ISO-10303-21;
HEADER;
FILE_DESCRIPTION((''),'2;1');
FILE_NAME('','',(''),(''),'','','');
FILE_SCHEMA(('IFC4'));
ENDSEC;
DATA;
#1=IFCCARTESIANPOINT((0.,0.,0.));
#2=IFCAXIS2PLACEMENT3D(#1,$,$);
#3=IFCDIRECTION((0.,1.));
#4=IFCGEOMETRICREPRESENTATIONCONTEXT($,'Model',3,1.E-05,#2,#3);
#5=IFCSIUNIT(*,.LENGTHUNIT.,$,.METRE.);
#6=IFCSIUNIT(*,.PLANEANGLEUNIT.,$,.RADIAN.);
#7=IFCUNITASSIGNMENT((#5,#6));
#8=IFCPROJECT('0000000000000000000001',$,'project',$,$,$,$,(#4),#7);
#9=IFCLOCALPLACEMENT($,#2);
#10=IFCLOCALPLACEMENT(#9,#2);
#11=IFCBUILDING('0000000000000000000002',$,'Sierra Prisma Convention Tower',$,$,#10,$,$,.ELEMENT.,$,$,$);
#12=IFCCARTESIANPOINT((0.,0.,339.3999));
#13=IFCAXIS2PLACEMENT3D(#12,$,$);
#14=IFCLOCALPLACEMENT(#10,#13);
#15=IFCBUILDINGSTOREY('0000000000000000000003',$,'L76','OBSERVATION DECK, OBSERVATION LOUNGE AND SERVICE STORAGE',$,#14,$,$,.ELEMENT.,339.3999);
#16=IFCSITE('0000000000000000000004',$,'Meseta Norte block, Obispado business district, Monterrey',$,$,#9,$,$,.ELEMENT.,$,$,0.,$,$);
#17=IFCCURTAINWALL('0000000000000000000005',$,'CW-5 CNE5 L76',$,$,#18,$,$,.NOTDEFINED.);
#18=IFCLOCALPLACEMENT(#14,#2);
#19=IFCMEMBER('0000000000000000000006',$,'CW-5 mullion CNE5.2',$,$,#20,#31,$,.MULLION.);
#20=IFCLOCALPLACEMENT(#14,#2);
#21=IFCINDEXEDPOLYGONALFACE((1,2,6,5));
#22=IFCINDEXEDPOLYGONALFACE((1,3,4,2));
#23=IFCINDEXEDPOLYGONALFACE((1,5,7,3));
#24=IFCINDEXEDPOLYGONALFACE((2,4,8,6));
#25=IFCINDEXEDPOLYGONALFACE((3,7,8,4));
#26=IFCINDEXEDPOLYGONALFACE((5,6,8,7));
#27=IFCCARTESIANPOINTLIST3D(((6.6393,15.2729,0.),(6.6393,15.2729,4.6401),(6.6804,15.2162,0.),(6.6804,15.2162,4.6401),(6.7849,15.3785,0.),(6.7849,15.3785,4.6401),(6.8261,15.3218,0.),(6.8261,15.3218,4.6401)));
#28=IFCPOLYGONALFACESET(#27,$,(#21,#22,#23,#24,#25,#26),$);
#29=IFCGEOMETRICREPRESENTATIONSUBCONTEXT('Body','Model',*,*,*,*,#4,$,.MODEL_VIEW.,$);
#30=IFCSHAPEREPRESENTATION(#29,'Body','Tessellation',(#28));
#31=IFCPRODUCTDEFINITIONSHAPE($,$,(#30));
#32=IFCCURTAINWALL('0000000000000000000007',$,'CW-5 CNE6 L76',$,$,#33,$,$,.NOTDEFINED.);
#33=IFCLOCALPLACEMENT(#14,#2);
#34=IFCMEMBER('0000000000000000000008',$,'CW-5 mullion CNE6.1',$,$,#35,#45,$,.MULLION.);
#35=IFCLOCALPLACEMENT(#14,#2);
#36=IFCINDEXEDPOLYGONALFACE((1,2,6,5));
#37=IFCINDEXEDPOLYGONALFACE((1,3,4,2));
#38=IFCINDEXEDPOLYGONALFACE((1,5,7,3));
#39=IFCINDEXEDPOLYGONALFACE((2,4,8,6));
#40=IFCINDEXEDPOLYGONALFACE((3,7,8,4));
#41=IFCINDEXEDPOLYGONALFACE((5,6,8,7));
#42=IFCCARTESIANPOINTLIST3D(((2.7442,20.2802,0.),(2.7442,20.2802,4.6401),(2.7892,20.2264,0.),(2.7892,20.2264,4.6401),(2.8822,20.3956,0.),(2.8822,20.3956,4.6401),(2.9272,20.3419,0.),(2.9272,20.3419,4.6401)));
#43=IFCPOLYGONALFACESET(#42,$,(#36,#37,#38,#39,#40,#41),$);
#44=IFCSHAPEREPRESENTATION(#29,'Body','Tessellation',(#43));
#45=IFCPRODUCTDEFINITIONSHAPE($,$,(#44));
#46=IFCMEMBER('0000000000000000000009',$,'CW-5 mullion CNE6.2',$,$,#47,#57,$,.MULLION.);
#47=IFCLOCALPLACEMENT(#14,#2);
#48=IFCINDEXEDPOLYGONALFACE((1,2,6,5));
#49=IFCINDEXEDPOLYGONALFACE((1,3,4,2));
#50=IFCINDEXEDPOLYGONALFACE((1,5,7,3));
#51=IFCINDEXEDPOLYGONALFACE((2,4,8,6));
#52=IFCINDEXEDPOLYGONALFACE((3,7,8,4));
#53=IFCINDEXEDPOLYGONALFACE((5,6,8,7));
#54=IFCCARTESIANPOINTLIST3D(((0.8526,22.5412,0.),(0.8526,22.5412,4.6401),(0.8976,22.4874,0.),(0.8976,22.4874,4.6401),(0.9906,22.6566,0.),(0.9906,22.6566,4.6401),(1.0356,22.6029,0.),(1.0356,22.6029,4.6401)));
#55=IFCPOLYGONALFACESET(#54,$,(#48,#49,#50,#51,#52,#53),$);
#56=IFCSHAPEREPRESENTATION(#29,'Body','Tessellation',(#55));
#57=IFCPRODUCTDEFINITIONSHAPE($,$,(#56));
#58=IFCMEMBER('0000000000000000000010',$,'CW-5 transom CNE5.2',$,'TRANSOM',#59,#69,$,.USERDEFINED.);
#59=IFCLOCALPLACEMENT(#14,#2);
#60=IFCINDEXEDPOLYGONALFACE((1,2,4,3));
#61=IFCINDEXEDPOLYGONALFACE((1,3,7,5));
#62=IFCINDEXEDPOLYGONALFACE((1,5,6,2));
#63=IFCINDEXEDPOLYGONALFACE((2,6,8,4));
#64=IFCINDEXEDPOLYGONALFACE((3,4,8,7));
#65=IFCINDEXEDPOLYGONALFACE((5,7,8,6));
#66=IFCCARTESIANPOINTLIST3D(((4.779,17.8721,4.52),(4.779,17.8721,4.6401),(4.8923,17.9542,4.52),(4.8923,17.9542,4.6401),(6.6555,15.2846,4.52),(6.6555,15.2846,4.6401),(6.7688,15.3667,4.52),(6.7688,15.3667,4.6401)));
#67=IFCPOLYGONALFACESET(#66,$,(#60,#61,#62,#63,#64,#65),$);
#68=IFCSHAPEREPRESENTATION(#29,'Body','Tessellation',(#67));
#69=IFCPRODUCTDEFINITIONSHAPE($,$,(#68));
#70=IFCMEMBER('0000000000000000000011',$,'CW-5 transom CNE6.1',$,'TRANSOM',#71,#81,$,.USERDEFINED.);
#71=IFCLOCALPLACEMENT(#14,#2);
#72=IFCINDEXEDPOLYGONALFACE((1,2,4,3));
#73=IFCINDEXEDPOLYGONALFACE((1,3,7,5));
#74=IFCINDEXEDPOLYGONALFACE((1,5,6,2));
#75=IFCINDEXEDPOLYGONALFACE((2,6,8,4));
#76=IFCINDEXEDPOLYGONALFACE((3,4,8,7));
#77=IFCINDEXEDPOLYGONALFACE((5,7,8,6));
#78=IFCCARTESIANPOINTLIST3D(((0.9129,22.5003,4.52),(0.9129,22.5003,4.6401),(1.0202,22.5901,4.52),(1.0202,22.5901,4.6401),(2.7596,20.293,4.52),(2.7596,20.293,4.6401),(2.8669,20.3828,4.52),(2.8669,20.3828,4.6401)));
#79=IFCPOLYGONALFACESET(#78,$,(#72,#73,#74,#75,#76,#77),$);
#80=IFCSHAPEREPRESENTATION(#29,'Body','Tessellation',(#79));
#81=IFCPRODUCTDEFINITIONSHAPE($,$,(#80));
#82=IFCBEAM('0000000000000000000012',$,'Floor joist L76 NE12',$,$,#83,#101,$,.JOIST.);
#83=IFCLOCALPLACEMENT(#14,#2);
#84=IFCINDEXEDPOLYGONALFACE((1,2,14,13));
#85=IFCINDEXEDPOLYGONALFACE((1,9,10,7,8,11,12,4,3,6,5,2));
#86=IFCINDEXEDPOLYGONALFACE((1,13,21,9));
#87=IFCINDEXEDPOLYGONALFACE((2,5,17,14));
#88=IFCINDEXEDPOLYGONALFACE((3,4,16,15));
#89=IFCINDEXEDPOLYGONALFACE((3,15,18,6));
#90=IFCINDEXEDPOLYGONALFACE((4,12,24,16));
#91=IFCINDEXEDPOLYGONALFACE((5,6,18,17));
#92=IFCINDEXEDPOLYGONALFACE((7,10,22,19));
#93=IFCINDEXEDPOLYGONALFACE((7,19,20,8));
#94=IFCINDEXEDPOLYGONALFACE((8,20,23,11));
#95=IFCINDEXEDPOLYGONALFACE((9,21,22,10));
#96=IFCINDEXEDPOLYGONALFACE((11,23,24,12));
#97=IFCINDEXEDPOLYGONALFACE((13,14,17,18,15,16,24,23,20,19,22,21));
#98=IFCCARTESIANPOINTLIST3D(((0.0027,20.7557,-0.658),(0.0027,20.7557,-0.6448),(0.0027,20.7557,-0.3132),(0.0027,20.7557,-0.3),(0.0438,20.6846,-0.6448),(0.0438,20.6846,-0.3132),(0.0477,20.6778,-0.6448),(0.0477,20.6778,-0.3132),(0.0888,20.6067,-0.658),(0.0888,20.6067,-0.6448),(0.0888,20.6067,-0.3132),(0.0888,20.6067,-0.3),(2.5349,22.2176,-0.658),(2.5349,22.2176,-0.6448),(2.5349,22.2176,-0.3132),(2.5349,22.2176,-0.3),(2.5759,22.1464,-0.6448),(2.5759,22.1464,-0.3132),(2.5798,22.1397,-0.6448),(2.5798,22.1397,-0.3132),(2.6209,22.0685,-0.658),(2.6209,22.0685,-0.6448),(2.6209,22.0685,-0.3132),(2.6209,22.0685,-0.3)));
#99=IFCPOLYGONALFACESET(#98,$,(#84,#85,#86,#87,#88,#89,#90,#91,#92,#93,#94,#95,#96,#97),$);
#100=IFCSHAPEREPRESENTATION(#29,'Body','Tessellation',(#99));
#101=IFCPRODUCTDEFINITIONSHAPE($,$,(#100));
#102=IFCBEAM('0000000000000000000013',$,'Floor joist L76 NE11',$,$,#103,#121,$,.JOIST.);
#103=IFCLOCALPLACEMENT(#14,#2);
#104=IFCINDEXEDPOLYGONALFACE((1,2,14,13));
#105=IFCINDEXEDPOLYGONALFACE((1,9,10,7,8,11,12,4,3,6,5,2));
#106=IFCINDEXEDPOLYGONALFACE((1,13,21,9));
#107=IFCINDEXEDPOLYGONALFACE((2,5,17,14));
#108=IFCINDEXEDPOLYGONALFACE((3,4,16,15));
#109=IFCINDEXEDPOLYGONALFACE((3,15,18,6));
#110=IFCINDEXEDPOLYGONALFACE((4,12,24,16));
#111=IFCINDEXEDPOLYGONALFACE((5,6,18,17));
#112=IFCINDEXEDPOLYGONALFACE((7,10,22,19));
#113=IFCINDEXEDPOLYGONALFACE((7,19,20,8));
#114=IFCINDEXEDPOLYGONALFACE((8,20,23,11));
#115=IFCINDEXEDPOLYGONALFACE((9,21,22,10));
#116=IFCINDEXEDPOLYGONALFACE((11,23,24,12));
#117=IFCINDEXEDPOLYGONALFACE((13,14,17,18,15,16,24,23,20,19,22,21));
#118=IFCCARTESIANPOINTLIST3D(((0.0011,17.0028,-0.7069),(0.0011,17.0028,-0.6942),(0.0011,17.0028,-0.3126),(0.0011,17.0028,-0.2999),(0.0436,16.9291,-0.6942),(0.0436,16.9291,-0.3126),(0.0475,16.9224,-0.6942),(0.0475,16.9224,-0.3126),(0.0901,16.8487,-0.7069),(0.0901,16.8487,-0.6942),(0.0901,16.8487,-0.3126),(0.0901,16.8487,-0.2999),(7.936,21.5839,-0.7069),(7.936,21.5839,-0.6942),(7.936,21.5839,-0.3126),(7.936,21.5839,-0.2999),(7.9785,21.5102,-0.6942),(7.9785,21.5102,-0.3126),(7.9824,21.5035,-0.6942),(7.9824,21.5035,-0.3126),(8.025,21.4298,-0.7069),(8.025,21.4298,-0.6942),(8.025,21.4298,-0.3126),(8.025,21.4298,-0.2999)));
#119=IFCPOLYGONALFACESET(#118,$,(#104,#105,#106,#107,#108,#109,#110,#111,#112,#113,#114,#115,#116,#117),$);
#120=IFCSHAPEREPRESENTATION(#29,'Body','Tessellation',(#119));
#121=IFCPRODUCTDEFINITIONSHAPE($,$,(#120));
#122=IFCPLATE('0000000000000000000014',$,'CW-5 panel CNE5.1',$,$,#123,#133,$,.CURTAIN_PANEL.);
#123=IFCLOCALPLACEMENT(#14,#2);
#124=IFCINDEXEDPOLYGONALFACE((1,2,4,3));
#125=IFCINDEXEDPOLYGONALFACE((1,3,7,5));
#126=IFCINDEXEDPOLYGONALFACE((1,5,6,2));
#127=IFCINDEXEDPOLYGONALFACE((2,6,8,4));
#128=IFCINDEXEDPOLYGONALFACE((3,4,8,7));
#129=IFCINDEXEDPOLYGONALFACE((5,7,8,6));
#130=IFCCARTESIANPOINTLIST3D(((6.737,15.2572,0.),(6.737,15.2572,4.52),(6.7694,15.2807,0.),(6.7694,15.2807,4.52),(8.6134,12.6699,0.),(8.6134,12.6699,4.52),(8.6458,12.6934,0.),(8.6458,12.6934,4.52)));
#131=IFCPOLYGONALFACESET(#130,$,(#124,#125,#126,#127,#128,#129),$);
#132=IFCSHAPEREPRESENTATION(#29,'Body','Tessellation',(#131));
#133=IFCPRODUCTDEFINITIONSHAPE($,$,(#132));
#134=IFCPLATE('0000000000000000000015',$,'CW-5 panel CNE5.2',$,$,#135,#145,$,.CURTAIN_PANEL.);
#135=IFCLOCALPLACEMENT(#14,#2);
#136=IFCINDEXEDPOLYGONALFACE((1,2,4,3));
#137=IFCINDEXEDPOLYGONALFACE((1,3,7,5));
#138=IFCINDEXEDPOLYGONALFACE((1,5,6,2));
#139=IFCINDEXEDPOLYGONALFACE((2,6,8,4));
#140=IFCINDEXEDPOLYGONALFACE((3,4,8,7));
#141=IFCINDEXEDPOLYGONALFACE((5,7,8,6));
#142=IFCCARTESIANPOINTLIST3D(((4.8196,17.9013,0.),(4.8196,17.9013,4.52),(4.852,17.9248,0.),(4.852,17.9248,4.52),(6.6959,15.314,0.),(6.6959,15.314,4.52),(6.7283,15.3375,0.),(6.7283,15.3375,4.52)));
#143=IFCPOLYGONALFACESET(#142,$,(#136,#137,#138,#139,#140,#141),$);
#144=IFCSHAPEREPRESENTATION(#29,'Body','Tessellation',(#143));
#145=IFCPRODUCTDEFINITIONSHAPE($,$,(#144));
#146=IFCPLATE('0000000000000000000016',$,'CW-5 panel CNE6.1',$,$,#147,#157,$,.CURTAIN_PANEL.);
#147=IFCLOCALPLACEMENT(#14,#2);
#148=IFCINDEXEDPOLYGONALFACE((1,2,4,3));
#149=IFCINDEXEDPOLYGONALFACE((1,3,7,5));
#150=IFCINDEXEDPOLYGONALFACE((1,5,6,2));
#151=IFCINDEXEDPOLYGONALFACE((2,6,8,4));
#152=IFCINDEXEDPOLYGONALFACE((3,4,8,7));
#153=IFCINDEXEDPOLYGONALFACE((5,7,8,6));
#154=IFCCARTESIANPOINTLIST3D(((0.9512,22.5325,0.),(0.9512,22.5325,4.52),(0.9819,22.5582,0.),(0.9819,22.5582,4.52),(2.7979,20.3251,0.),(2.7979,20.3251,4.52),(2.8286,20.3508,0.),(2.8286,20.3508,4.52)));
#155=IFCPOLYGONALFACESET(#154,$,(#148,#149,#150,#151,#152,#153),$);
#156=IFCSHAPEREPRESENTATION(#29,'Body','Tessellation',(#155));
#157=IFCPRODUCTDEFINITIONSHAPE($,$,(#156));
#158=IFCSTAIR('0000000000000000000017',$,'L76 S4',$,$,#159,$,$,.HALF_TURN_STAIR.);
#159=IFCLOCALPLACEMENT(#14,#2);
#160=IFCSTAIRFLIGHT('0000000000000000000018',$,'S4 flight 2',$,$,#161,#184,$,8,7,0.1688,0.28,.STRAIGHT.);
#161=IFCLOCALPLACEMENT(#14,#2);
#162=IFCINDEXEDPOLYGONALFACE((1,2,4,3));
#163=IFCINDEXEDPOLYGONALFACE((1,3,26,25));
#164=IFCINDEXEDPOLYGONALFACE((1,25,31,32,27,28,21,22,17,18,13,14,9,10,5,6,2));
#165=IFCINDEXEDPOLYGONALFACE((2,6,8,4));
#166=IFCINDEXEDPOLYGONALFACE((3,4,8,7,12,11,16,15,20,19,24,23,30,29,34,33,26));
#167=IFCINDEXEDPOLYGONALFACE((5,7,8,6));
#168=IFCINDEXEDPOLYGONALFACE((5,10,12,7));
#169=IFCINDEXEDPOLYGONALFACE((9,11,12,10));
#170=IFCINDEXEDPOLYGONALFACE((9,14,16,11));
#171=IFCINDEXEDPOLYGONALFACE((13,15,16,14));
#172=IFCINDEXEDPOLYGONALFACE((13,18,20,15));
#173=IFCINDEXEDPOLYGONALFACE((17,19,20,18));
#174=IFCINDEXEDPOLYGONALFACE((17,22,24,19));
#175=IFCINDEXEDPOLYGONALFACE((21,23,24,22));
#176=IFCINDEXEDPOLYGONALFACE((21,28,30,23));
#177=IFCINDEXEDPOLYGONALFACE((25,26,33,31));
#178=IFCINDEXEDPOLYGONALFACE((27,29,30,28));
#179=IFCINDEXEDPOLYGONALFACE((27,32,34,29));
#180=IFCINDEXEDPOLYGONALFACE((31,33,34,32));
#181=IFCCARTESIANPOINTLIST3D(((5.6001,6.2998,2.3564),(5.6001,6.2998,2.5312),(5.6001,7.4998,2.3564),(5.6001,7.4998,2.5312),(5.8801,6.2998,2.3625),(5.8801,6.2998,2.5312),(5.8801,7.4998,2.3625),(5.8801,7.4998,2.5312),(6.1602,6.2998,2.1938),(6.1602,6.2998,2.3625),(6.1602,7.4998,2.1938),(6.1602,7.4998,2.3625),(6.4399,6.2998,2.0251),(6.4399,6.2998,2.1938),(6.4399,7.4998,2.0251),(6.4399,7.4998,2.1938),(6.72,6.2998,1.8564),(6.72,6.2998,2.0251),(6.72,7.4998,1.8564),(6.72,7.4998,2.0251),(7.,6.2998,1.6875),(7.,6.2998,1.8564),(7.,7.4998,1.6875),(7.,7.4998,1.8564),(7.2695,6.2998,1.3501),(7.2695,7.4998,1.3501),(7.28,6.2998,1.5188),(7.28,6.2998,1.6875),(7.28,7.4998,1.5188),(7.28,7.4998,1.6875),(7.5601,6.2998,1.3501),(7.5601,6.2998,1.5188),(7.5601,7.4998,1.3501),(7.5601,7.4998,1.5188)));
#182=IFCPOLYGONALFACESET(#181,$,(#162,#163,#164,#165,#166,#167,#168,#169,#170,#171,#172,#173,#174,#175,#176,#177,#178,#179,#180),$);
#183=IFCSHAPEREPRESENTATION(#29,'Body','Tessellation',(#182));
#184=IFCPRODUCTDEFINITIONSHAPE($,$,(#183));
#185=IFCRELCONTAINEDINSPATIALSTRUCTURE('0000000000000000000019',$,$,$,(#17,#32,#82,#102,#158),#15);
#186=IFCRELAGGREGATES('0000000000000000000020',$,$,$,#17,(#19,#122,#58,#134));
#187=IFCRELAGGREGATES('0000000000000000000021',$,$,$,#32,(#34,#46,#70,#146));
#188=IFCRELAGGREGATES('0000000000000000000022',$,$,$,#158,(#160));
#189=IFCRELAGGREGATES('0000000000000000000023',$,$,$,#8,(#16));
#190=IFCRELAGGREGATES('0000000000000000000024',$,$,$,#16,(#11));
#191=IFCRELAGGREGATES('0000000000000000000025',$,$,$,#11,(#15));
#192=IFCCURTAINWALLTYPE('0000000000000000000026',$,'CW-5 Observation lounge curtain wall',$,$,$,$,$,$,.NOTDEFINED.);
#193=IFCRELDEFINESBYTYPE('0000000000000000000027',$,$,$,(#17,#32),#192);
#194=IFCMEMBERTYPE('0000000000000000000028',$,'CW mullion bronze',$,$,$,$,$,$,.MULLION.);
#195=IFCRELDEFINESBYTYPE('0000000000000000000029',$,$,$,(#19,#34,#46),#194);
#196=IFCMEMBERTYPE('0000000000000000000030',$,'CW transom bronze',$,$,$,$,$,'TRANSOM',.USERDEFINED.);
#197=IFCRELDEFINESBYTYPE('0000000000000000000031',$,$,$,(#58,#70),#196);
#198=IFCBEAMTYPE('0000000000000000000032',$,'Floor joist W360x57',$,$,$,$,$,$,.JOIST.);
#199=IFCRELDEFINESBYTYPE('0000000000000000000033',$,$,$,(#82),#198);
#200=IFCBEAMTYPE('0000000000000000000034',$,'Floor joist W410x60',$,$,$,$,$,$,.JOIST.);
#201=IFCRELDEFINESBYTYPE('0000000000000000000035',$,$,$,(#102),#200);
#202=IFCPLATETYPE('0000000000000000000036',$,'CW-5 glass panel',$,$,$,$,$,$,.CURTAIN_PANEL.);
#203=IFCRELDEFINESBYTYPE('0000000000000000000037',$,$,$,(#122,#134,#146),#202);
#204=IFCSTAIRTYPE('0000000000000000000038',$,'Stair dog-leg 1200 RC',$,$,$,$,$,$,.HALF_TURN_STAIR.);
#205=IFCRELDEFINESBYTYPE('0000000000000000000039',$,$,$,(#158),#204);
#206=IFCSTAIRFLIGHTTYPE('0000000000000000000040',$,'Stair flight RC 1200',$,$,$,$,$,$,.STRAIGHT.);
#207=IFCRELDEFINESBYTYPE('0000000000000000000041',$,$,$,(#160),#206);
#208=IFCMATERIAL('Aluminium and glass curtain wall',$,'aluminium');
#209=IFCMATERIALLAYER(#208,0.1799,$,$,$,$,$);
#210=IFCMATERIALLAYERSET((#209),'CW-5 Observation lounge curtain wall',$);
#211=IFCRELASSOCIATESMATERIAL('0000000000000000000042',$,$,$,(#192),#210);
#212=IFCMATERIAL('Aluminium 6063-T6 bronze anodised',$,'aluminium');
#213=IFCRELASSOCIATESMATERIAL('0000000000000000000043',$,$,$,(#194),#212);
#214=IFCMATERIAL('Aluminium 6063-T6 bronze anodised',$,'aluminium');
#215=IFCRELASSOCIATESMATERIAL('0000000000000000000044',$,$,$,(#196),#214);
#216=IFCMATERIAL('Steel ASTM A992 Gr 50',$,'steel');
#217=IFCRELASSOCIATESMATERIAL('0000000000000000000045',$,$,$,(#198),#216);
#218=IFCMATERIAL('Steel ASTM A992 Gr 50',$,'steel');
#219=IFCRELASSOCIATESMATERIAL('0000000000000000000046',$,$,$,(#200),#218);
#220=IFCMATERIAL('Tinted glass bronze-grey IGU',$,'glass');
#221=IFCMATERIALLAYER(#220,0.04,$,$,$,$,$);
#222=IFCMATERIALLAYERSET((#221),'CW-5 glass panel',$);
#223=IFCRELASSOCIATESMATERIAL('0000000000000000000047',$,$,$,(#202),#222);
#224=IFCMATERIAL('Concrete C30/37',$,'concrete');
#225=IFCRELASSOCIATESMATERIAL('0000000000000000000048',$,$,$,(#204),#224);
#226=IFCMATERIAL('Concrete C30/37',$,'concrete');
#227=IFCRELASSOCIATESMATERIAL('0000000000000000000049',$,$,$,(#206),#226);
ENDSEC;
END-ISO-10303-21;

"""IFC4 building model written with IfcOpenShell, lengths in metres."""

from ifc_helpers import new_model, si_unit, direction, frame, origin, origin_2d, place, context, subcontext, project, spatial, polyline, rectangle, i_section, outline, extrude, material, layer, layer_set, material_profile, profile_set, type_object, element, aggregate, save


model = new_model("IFC4")

# Units and contexts
model_context = context("Model", 3, precision=1e-05, world=origin(), true_north=direction((0.0, 1.0)))
body_context = subcontext(model_context, "Body", "Model", "MODEL_VIEW")
ifc_project = project(units=[si_unit("LENGTHUNIT", "METRE"), si_unit("PLANEANGLEUNIT", "RADIAN")], contexts=[model_context])

# Site, building, storey
site_placement = place(None, origin())
site = spatial("IfcSite", under=ifc_project, at=site_placement, Name="Meseta Norte block, Obispado business district, Monterrey", CompositionType="ELEMENT", RefElevation=0.0)
building_placement = place(site_placement, origin())
building = spatial("IfcBuilding", under=site, at=building_placement, Name="Sierra Prisma Convention Tower", CompositionType="ELEMENT")
storey_placement = place(building_placement, frame((0.0, 0.0, 339.3999)))
storey = spatial("IfcBuildingStorey", under=building, at=storey_placement, Name="L76", Description="OBSERVATION DECK, OBSERVATION LOUNGE AND SERVICE STORAGE", CompositionType="ELEMENT", Elevation=339.3999)

# Curtain wall, member
ifc_material_1 = material(Name="Aluminium and glass curtain wall", Category="aluminium")
ifc_layer_1 = layer(ifc_material_1, 0.1799)
ifc_layer_set_1 = layer_set([ifc_layer_1], Name="CW-5 Observation lounge curtain wall")
curtain_wall_type = type_object("IfcCurtainWallType", Name="CW-5 Observation lounge curtain wall", PredefinedType="NOTDEFINED", material=ifc_layer_set_1)
curtain_wall_1_placement = place(storey_placement, origin())
curtain_wall_1 = element("IfcCurtainWall", 1, at=curtain_wall_1_placement, inside=storey, type_object=curtain_wall_type, Name="CW-5 CNE5 L76", PredefinedType="NOTDEFINED")
ifc_material_2 = material(Name="Aluminium 6063-T6 bronze anodised", Category="aluminium")
ifc_material_profile_1 = material_profile(ifc_material_2, rectangle(XDim=0.1799, YDim=0.0701, at=origin_2d()), Name="ALU MULLION 70x180")
ifc_profile_set_1 = profile_set([ifc_material_profile_1], Name="Aluminium 6063-T6 bronze anodised")
member_type_1 = type_object("IfcMemberType", Name="CW mullion bronze", PredefinedType="MULLION", material=ifc_profile_set_1)
member_1_placement = place(storey_placement, frame((6.7327, 15.2974, 0.0), z_axis=(0.0, 0.0, 1.0), x_axis=(-0.80953, -0.587078, 0.0)))
member_1 = element("IfcMember", 2, at=member_1_placement, type_object=member_type_1, Name="CW-5 mullion CNE5.2", PredefinedType="MULLION", context=body_context, shape_type="SweptSolid", body=[
    extrude(rectangle(XDim=0.1799, YDim=0.0701, at=origin_2d()), origin(), (0.0, 0.0, 1.0), 4.6401),
])

# Curtain wall, members
curtain_wall_2_placement = place(storey_placement, origin())
curtain_wall_2 = element("IfcCurtainWall", 3, at=curtain_wall_2_placement, inside=storey, type_object=curtain_wall_type, Name="CW-5 CNE6 L76", PredefinedType="NOTDEFINED")
member_2_placement = place(storey_placement, frame((2.8357, 20.311, 0.0), z_axis=(0.0, 0.0, 1.0), x_axis=(-0.766979, -0.641672, 0.0)))
member_2 = element("IfcMember", 4, at=member_2_placement, type_object=member_type_1, Name="CW-5 mullion CNE6.1", PredefinedType="MULLION", context=body_context, shape_type="SweptSolid", body=[
    extrude(rectangle(XDim=0.1799, YDim=0.0701, at=origin_2d()), origin(), (0.0, 0.0, 1.0), 4.6401),
])
member_3_placement = place(storey_placement, frame((0.9441, 22.572, 0.0), z_axis=(0.0, 0.0, 1.0), x_axis=(-0.766979, -0.641672, 0.0)))
member_3 = element("IfcMember", 5, at=member_3_placement, type_object=member_type_1, Name="CW-5 mullion CNE6.2", PredefinedType="MULLION", context=body_context, shape_type="SweptSolid", body=[
    extrude(rectangle(XDim=0.1799, YDim=0.0701, at=origin_2d()), origin(), (0.0, 0.0, 1.0), 4.6401),
])

# Members
ifc_material_3 = material(Name="Aluminium 6063-T6 bronze anodised", Category="aluminium")
ifc_material_profile_2 = material_profile(ifc_material_3, rectangle(XDim=0.1399, YDim=0.1201, at=origin_2d()), Name="ALU TRANSOM 120x140")
ifc_profile_set_2 = profile_set([ifc_material_profile_2], Name="Aluminium 6063-T6 bronze anodised")
member_type_2 = type_object("IfcMemberType", Name="CW transom bronze", ElementType="TRANSOM", PredefinedType="USERDEFINED", material=ifc_profile_set_2)
member_4_placement = place(storey_placement, frame((6.7122, 15.3257, 4.5801), z_axis=(-0.58709, 0.809522, 0.0), x_axis=(-0.809522, -0.58709, 0.0)))
member_4 = element("IfcMember", 6, at=member_4_placement, type_object=member_type_2, Name="CW-5 transom CNE5.2", ObjectType="TRANSOM", PredefinedType="USERDEFINED", context=body_context, shape_type="SweptSolid", body=[
    extrude(rectangle(XDim=0.1399, YDim=0.1201, at=origin_2d()), origin(), (0.0, 0.0, 1.0), 3.1963),
])
member_5_placement = place(storey_placement, frame((2.8132, 20.3379, 4.5801), z_axis=(-0.641677, 0.766975, 0.0), x_axis=(-0.766975, -0.641677, 0.0)))
member_5 = element("IfcMember", 7, at=member_5_placement, type_object=member_type_2, Name="CW-5 transom CNE6.1", ObjectType="TRANSOM", PredefinedType="USERDEFINED", context=body_context, shape_type="SweptSolid", body=[
    extrude(rectangle(XDim=0.1399, YDim=0.1201, at=origin_2d()), origin(), (0.0, 0.0, 1.0), 2.8779),
])

# Beams
ifc_material_4 = material(Name="Steel ASTM A992 Gr 50", Category="steel")
ifc_material_profile_3 = material_profile(ifc_material_4, i_section(OverallWidth=0.1721, OverallDepth=0.3579, WebThickness=0.0078, FlangeThickness=0.0132, at=origin_2d()), Name="W360x57")
ifc_profile_set_3 = profile_set([ifc_material_profile_3], Name="Steel ASTM A992 Gr 50")
beam_type_1 = type_object("IfcBeamType", Name="Floor joist W360x57", PredefinedType="JOIST", material=ifc_profile_set_3)
beam_1_placement = place(storey_placement, frame((2.5779, 22.1431, -0.479), z_axis=(-0.866035, -0.499983, 0.0), x_axis=(0.499983, -0.866035, 0.0)))
element("IfcBeam", 8, at=beam_1_placement, inside=storey, type_object=beam_type_1, Name="Floor joist L76 NE12", PredefinedType="JOIST", context=body_context, shape_type="SweptSolid", body=[
    extrude(i_section(OverallWidth=0.1721, OverallDepth=0.3579, WebThickness=0.0078, FlangeThickness=0.0132, at=origin_2d()), origin(), (0.0, 0.0, 1.0), 2.9238),
])
ifc_material_5 = material(Name="Steel ASTM A992 Gr 50", Category="steel")
ifc_material_profile_4 = material_profile(ifc_material_5, i_section(OverallWidth=0.178, OverallDepth=0.407, WebThickness=0.0078, FlangeThickness=0.0127, at=origin_2d()), Name="W410x60")
ifc_profile_set_4 = profile_set([ifc_material_profile_4], Name="Steel ASTM A992 Gr 50")
beam_type_2 = type_object("IfcBeamType", Name="Floor joist W410x60", PredefinedType="JOIST", material=ifc_profile_set_4)
beam_2_placement = place(storey_placement, frame((7.9805, 21.5068, -0.5034), z_axis=(-0.866031, -0.499991, 0.0), x_axis=(0.499991, -0.866031, 0.0)))
element("IfcBeam", 9, at=beam_2_placement, inside=storey, type_object=beam_type_2, Name="Floor joist L76 NE11", PredefinedType="JOIST", context=body_context, shape_type="SweptSolid", body=[
    extrude(i_section(OverallWidth=0.178, OverallDepth=0.407, WebThickness=0.0078, FlangeThickness=0.0127, at=origin_2d()), origin(), (0.0, 0.0, 1.0), 9.1624),
])

# Plates
ifc_material_6 = material(Name="Tinted glass bronze-grey IGU", Category="glass")
ifc_layer_2 = layer(ifc_material_6, 0.04)
ifc_layer_set_2 = layer_set([ifc_layer_2], Name="CW-5 glass panel")
plate_type = type_object("IfcPlateType", Name="CW-5 glass panel", PredefinedType="CURTAIN_PANEL", material=ifc_layer_set_2)
plate_1_placement = place(storey_placement, frame((7.6914, 13.9753, 0.0), z_axis=(0.0, 0.0, 1.0), x_axis=(-0.587078, 0.80953, 0.0)))
plate_1 = element("IfcPlate", 10, at=plate_1_placement, type_object=plate_type, Name="CW-5 panel CNE5.1", PredefinedType="CURTAIN_PANEL", context=body_context, shape_type="SweptSolid", body=[
    extrude(rectangle(XDim=3.196, YDim=0.04, at=origin_2d()), origin(), (0.0, 0.0, 1.0), 4.52),
])
plate_2_placement = place(storey_placement, frame((5.7739, 16.6194, 0.0), z_axis=(0.0, 0.0, 1.0), x_axis=(-0.587078, 0.80953, 0.0)))
plate_2 = element("IfcPlate", 11, at=plate_2_placement, type_object=plate_type, Name="CW-5 panel CNE5.2", PredefinedType="CURTAIN_PANEL", context=body_context, shape_type="SweptSolid", body=[
    extrude(rectangle(XDim=3.196, YDim=0.04, at=origin_2d()), origin(), (0.0, 0.0, 1.0), 4.52),
])
aggregate(curtain_wall_1, [member_1, plate_1, member_4, plate_2])
plate_3_placement = place(storey_placement, frame((1.8899, 21.4417, 0.0), z_axis=(0.0, 0.0, 1.0), x_axis=(-0.641672, 0.766979, 0.0)))
plate_3 = element("IfcPlate", 12, at=plate_3_placement, type_object=plate_type, Name="CW-5 panel CNE6.1", PredefinedType="CURTAIN_PANEL", context=body_context, shape_type="SweptSolid", body=[
    extrude(rectangle(XDim=2.8779, YDim=0.04, at=origin_2d()), origin(), (0.0, 0.0, 1.0), 4.52),
])
aggregate(curtain_wall_2, [member_2, member_3, member_5, plate_3])

# Stair, stair flight
ifc_material_7 = material(Name="Concrete C30/37", Category="concrete")
stair_type = type_object("IfcStairType", Name="Stair dog-leg 1200 RC", PredefinedType="HALF_TURN_STAIR", material=ifc_material_7)
stair_placement = place(storey_placement, origin())
stair = element("IfcStair", 13, at=stair_placement, inside=storey, type_object=stair_type, Name="L76 S4", PredefinedType="HALF_TURN_STAIR")
ifc_material_8 = material(Name="Concrete C30/37", Category="concrete")
stair_flight_type = type_object("IfcStairFlightType", Name="Stair flight RC 1200", PredefinedType="STRAIGHT", material=ifc_material_8)
stair_flight_1_placement = place(storey_placement, frame((7.5601, 6.8999, 1.3501), z_axis=(0.0, 0.0, 1.0), x_axis=(-1.0, 0.0, 0.0)))
stair_flight_1 = element("IfcStairFlight", 14, at=stair_flight_1_placement, type_object=stair_flight_type, Name="S4 flight 2", NumberOfRisers=8, NumberOfTreads=7, PredefinedType="STRAIGHT", RiserHeight=0.1688, TreadLength=0.28, context=body_context, shape_type="SweptSolid", body=[
    extrude(outline(polyline([(0.0, 0.0), (0.0, 0.1687), (0.28, 0.1687), (0.28, 0.3374), (0.5601, 0.3374), (0.5601, 0.5063), (0.8401, 0.5063), (0.8401, 0.675), (1.1201, 0.675), (1.1201, 0.8438), (1.3999, 0.8438), (1.3999, 1.0125), (1.6799, 1.0125), (1.6799, 1.1812), (1.96, 1.1812), (1.96, 1.3501), (1.96, 1.0063), (0.2905, 0.0), (0.0, 0.0)])), frame((0.0, 0.6001, 0.0), z_axis=(0.0, -1.0, 0.0), x_axis=(1.0, 0.0, 0.0)), (0.0, 0.0, 1.0), 1.2),
])
aggregate(stair, [stair_flight_1])

save(model, "model.ifc")
